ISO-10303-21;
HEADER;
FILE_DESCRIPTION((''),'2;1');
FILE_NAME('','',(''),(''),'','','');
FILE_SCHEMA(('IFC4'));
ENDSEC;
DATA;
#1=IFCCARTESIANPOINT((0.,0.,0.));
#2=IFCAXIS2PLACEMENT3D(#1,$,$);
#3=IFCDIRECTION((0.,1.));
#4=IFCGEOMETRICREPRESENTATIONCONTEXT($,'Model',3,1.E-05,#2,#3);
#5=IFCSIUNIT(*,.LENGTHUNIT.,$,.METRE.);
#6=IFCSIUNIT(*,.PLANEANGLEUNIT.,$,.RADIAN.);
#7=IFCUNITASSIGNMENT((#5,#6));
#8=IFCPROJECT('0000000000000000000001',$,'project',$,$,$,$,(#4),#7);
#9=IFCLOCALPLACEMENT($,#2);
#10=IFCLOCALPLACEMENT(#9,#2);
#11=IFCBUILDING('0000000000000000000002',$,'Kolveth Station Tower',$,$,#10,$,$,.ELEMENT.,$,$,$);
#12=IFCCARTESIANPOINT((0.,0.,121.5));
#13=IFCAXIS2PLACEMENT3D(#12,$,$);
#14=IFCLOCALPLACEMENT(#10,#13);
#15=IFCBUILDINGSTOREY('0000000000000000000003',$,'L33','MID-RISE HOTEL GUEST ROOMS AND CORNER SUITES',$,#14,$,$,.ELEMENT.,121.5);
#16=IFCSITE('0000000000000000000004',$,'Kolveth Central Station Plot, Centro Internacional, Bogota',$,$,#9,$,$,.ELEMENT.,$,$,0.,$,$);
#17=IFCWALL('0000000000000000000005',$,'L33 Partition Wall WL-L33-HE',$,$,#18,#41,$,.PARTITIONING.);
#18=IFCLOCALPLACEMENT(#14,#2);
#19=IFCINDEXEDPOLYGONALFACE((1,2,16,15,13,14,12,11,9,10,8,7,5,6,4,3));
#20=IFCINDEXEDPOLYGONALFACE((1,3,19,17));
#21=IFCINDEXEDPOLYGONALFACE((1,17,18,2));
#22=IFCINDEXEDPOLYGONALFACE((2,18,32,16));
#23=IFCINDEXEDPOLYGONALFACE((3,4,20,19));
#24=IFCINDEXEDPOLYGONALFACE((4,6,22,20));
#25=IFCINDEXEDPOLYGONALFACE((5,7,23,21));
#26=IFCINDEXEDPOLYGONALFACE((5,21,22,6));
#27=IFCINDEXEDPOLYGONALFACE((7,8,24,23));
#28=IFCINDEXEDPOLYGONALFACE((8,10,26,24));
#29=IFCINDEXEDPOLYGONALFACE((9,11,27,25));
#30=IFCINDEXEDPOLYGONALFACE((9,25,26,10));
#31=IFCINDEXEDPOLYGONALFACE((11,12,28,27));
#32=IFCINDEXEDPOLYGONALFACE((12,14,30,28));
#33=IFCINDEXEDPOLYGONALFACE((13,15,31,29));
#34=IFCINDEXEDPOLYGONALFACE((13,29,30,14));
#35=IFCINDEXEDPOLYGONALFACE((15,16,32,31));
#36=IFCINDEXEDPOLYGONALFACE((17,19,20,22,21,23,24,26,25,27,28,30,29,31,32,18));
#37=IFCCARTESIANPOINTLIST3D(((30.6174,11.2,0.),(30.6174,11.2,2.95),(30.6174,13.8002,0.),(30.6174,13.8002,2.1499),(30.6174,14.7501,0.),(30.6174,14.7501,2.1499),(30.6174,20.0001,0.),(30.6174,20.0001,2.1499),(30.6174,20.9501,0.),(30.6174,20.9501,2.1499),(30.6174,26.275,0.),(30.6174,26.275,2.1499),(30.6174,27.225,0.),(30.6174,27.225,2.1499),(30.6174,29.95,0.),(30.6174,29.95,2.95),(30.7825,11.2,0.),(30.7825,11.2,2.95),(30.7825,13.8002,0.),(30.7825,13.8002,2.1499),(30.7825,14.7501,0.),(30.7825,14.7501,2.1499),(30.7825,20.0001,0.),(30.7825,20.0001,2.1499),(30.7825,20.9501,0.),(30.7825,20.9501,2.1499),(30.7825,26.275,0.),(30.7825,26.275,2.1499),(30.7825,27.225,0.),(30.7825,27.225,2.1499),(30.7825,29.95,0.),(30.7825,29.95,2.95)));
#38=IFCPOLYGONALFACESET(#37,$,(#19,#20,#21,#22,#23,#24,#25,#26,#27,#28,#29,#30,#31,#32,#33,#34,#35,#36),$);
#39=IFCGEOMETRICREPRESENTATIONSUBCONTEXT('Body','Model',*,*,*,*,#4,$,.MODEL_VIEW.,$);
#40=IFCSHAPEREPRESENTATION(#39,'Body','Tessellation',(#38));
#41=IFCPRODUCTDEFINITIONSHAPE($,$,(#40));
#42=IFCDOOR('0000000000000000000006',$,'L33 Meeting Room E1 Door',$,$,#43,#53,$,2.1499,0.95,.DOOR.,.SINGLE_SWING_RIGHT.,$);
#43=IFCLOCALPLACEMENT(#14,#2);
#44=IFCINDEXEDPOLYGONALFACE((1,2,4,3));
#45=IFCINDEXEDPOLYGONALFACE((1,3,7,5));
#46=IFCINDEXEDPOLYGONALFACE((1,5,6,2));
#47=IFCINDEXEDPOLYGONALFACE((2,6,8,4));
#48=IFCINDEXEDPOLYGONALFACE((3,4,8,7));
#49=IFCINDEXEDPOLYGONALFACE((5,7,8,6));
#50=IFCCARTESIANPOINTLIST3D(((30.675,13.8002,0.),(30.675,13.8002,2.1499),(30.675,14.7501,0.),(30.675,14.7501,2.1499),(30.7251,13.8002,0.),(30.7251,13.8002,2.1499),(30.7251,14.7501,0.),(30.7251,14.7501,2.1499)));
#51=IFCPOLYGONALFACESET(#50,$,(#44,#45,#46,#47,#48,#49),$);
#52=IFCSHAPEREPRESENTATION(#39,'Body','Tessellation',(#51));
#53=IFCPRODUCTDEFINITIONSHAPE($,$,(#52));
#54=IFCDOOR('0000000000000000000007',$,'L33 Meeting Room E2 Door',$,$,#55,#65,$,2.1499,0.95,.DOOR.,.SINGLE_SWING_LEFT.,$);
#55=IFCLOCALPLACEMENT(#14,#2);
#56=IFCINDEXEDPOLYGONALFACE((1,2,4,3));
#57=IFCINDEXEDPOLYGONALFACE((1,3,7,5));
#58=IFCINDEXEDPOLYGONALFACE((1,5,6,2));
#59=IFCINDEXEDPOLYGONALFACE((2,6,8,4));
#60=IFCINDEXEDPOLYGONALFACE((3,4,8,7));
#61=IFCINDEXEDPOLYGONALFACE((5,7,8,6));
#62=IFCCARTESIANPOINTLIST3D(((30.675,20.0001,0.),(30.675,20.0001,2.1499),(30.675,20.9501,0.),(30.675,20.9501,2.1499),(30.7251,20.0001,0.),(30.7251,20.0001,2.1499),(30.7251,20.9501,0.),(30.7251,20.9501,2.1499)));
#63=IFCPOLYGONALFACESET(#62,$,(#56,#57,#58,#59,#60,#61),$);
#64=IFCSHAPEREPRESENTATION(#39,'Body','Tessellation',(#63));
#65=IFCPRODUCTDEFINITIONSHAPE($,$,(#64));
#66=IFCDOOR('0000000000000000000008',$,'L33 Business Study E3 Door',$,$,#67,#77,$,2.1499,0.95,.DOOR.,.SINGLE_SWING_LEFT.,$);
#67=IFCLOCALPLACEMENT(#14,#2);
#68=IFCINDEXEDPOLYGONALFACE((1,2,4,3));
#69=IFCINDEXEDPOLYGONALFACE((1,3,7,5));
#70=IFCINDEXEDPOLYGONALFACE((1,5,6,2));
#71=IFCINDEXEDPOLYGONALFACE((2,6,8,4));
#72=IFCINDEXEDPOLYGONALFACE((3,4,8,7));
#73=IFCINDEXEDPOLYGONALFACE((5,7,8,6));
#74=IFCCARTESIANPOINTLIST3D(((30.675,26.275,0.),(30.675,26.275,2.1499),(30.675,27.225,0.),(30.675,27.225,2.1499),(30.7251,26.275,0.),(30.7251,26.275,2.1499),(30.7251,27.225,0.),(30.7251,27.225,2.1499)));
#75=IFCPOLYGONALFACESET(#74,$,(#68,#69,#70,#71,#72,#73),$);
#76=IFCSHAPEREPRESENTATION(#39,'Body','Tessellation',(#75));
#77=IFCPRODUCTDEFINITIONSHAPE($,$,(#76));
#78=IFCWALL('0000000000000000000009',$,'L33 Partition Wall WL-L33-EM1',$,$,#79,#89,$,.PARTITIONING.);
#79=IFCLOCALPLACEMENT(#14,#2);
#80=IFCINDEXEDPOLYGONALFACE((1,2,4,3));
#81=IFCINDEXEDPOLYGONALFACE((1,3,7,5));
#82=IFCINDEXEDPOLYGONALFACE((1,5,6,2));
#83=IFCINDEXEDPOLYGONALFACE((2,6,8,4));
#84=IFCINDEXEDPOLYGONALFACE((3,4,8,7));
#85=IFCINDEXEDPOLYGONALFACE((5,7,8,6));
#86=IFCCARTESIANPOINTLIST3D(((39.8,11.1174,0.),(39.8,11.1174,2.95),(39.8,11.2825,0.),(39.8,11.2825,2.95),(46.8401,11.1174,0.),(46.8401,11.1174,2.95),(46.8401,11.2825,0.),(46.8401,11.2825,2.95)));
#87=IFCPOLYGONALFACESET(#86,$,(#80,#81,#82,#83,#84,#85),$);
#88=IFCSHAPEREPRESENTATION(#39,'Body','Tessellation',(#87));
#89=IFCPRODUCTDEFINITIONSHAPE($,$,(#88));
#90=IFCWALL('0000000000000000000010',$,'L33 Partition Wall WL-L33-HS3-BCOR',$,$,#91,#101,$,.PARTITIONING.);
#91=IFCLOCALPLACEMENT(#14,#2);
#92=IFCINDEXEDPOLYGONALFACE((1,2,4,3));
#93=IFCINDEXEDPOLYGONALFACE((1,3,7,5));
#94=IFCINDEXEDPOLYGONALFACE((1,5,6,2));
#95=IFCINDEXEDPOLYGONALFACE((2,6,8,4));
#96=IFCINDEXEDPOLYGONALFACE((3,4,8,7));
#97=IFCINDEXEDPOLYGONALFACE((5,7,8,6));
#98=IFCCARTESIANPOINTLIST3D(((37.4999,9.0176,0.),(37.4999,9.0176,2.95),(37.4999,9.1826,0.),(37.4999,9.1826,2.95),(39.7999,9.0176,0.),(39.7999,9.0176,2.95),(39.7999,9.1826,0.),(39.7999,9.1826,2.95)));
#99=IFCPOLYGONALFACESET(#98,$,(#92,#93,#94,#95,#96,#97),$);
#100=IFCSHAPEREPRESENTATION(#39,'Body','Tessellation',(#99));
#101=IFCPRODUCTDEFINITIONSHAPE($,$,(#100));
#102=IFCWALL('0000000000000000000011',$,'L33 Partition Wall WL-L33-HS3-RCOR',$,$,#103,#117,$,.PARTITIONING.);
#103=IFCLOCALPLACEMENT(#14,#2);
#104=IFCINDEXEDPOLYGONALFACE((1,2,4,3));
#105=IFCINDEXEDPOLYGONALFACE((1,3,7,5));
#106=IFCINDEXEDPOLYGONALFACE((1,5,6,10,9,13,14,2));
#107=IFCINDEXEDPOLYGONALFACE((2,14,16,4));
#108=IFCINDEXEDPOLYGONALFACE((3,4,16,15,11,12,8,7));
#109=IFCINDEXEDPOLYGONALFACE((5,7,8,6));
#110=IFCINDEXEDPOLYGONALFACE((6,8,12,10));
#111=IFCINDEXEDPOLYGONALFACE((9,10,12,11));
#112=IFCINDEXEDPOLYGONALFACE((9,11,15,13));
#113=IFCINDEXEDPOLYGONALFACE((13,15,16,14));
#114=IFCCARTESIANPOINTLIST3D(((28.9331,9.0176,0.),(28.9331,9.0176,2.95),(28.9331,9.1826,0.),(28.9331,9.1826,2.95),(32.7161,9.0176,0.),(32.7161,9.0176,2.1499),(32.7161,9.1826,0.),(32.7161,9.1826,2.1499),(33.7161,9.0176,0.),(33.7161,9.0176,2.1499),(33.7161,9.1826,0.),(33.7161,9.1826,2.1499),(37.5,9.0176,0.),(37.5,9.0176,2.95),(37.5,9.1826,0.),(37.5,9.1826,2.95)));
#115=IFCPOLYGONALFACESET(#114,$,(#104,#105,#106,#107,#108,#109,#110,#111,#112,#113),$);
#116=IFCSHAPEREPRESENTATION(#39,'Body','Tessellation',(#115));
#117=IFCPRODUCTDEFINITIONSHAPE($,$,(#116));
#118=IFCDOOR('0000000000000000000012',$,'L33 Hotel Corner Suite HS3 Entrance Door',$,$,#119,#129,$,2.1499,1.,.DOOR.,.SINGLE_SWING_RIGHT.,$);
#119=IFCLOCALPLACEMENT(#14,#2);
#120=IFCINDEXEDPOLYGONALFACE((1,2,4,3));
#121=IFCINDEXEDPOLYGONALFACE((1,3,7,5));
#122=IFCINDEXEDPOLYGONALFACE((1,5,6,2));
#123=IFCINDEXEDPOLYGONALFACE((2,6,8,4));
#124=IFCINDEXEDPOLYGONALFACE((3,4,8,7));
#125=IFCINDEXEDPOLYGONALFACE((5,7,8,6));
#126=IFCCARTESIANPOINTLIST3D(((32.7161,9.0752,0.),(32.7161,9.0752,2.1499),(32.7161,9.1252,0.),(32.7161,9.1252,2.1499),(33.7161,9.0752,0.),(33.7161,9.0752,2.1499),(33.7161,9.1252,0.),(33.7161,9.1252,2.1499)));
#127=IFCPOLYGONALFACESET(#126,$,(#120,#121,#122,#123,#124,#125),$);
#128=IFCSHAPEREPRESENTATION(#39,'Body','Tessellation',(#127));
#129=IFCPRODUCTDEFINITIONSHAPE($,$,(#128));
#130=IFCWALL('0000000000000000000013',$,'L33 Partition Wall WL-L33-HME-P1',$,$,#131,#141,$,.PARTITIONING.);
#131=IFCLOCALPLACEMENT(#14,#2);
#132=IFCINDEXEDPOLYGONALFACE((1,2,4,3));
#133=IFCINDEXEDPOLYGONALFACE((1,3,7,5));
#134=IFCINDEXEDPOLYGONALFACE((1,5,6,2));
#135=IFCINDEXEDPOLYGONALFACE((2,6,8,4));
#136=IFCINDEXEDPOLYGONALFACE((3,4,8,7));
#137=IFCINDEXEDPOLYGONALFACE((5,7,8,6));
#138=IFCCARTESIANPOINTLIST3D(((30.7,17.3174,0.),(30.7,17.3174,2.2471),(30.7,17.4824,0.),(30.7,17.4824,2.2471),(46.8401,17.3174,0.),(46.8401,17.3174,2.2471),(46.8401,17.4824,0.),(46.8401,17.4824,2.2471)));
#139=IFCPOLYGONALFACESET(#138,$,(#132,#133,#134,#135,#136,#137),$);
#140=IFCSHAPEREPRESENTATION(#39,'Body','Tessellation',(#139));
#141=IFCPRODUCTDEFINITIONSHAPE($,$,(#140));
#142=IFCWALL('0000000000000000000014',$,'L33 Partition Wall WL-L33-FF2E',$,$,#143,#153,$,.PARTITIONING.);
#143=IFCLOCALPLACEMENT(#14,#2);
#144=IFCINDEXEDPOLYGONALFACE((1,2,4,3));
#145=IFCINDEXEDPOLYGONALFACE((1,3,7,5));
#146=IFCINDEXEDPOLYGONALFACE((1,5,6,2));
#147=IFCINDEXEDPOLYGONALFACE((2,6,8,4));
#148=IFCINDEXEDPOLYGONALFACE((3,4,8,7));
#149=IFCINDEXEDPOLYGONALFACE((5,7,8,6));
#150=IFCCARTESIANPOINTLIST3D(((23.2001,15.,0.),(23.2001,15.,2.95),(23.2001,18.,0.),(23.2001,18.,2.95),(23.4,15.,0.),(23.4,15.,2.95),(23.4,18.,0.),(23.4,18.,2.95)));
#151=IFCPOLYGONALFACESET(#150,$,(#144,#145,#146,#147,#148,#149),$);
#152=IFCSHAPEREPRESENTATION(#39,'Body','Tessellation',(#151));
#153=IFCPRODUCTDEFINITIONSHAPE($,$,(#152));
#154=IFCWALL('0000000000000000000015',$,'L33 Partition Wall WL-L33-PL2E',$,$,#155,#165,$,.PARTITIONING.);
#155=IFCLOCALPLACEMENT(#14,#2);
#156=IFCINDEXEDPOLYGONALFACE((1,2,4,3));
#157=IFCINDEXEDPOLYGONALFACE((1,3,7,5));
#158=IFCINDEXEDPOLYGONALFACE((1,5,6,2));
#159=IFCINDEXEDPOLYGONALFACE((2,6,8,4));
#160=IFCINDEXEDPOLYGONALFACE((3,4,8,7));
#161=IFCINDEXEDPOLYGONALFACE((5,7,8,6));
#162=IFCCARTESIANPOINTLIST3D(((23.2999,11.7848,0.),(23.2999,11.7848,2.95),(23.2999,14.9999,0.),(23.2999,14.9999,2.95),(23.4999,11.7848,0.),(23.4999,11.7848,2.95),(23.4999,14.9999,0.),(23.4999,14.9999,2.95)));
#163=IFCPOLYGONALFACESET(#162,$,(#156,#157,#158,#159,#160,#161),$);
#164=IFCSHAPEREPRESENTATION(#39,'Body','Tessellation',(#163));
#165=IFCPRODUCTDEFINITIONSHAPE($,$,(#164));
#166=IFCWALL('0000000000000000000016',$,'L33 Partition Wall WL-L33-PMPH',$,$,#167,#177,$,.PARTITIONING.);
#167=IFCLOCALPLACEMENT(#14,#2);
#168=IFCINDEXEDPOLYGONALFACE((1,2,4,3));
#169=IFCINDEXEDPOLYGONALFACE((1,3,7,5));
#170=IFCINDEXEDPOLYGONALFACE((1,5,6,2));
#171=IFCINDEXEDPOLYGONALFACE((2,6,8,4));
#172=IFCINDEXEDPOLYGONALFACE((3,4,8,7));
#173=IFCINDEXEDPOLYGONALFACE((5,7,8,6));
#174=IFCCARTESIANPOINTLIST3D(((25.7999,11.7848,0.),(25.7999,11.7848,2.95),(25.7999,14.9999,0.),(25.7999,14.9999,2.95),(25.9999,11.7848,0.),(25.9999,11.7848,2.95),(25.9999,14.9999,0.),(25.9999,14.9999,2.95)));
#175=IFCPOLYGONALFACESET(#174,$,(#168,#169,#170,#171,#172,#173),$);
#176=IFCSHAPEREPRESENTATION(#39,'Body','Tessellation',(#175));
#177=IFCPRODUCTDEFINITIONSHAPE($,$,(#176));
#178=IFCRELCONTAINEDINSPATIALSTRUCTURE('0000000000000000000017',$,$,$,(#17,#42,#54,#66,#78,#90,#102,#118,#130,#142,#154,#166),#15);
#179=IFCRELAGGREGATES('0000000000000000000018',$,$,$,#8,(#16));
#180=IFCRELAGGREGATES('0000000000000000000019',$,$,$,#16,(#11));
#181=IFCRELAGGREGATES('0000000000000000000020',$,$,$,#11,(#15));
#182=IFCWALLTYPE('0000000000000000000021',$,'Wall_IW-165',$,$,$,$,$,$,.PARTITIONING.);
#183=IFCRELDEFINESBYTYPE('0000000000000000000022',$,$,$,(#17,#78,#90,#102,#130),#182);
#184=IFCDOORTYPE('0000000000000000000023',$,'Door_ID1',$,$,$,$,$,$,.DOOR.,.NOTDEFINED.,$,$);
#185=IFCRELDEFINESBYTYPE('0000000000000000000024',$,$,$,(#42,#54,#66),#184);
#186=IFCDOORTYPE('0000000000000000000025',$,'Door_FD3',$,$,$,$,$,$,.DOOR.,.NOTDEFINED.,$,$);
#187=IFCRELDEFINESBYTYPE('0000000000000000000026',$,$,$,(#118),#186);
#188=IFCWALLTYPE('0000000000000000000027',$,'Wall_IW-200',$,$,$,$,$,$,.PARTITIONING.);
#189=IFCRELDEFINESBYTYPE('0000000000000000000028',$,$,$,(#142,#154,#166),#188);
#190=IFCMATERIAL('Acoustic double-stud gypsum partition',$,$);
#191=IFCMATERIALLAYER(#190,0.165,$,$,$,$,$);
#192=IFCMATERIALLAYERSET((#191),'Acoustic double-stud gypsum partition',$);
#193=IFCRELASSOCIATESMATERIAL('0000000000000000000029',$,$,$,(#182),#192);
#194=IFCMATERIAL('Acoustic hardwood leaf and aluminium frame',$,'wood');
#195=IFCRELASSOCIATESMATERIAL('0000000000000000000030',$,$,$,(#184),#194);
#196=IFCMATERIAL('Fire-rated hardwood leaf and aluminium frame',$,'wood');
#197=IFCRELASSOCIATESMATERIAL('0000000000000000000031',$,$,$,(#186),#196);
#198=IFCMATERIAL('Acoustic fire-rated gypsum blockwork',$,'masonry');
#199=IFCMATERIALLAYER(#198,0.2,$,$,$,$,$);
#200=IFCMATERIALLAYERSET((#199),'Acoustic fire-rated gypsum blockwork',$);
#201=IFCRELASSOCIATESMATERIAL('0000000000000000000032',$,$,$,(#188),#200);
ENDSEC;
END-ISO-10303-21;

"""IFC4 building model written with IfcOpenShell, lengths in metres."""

from ifc_helpers import new_model, si_unit, direction, frame, frame_2d, origin, place, context, subcontext, project, spatial, rectangle, extrude, material, layer, layer_set, type_object, element, fill, save


model = new_model("IFC4")

# Units and contexts
model_context = context("Model", 3, precision=1e-05, world=origin(), true_north=direction((0.0, 1.0)))
body_context = subcontext(model_context, "Body", "Model", "MODEL_VIEW")
ifc_project = project(units=[si_unit("LENGTHUNIT", "METRE"), si_unit("PLANEANGLEUNIT", "RADIAN")], contexts=[model_context])

# Site, building, storey
site_placement = place(None, origin())
site = spatial("IfcSite", under=ifc_project, at=site_placement, Name="Kolveth Central Station Plot, Centro Internacional, Bogota", CompositionType="ELEMENT", RefElevation=0.0)
building_placement = place(site_placement, origin())
building = spatial("IfcBuilding", under=site, at=building_placement, Name="Kolveth Station Tower", CompositionType="ELEMENT")
storey_placement = place(building_placement, frame((0.0, 0.0, 121.5)))
storey = spatial("IfcBuildingStorey", under=building, at=storey_placement, Name="L33", Description="MID-RISE HOTEL GUEST ROOMS AND CORNER SUITES", CompositionType="ELEMENT", Elevation=121.5)

# Shared definitions
ifc_material_1 = material(Name="Acoustic double-stud gypsum partition")
ifc_layer_1 = layer(ifc_material_1, 0.165)
ifc_layer_set_1 = layer_set([ifc_layer_1], Name="Acoustic double-stud gypsum partition")
wall_type_1 = type_object("IfcWallType", Name="Wall_IW-165", PredefinedType="PARTITIONING", material=ifc_layer_set_1)

# Wall, openings, doors
wall_1_placement = place(storey_placement, frame((30.7, 11.2, 0.0), z_axis=(0.0, 0.0, 1.0), x_axis=(0.0, 1.0, 0.0)))
wall_1 = element("IfcWall", 1, at=wall_1_placement, inside=storey, type_object=wall_type_1, Name="L33 Partition Wall WL-L33-HE", PredefinedType="PARTITIONING", context=body_context, shape_type="SweptSolid", body=[
    extrude(rectangle(XDim=18.75, YDim=0.165, at=frame_2d((9.375, 0.0))), origin(), (0.0, 0.0, 1.0), 2.95),
])
opening_1_placement = place(wall_1_placement, frame((2.6001, 0.0, 0.0)))
opening_1 = element("IfcOpeningElement", 2, at=opening_1_placement, cuts=wall_1, PredefinedType="OPENING", context=body_context, shape_type="SweptSolid", body=[
    extrude(rectangle(XDim=0.95, YDim=2.1499, at=frame_2d((0.4751, 1.075))), frame((0.0, 0.0925, 0.0), z_axis=(0.0, -1.0, 0.0), x_axis=(1.0, 0.0, 0.0)), (0.0, 0.0, 1.0), 0.1851),
])
opening_2_placement = place(wall_1_placement, frame((8.8, 0.0, 0.0)))
opening_2 = element("IfcOpeningElement", 3, at=opening_2_placement, cuts=wall_1, PredefinedType="OPENING", context=body_context, shape_type="SweptSolid", body=[
    extrude(rectangle(XDim=0.95, YDim=2.1499, at=frame_2d((0.4751, 1.075))), frame((0.0, 0.0925, 0.0), z_axis=(0.0, -1.0, 0.0), x_axis=(1.0, 0.0, 0.0)), (0.0, 0.0, 1.0), 0.1851),
])
opening_3_placement = place(wall_1_placement, frame((15.075, 0.0, 0.0)))
opening_3 = element("IfcOpeningElement", 4, at=opening_3_placement, cuts=wall_1, PredefinedType="OPENING", context=body_context, shape_type="SweptSolid", body=[
    extrude(rectangle(XDim=0.95, YDim=2.1499, at=frame_2d((0.4751, 1.075))), frame((0.0, 0.0925, 0.0), z_axis=(0.0, -1.0, 0.0), x_axis=(1.0, 0.0, 0.0)), (0.0, 0.0, 1.0), 0.1851),
])
ifc_material_2 = material(Name="Acoustic hardwood leaf and aluminium frame", Category="wood")
door_type_1 = type_object("IfcDoorType", Name="Door_ID1", OperationType="NOTDEFINED", PredefinedType="DOOR", material=ifc_material_2)
door_1_placement = place(opening_1_placement, origin())
door_1 = element("IfcDoor", 5, at=door_1_placement, inside=storey, type_object=door_type_1, Name="L33 Meeting Room E1 Door", OperationType="SINGLE_SWING_RIGHT", OverallHeight=2.1499, OverallWidth=0.95, PredefinedType="DOOR", context=body_context, shape_type="SweptSolid", body=[
    extrude(rectangle(XDim=0.95, YDim=2.1499, at=frame_2d((0.4751, 1.075))), frame((0.0, 0.0249, 0.0), z_axis=(0.0, -1.0, 0.0), x_axis=(1.0, 0.0, 0.0)), (0.0, 0.0, 1.0), 0.05),
])
fill(opening_1, door_1)
door_2_placement = place(opening_2_placement, origin())
door_2 = element("IfcDoor", 6, at=door_2_placement, inside=storey, type_object=door_type_1, Name="L33 Meeting Room E2 Door", OperationType="SINGLE_SWING_LEFT", OverallHeight=2.1499, OverallWidth=0.95, PredefinedType="DOOR", context=body_context, shape_type="SweptSolid", body=[
    extrude(rectangle(XDim=0.95, YDim=2.1499, at=frame_2d((0.4751, 1.075))), frame((0.0, 0.0249, 0.0), z_axis=(0.0, -1.0, 0.0), x_axis=(1.0, 0.0, 0.0)), (0.0, 0.0, 1.0), 0.05),
])
fill(opening_2, door_2)
door_3_placement = place(opening_3_placement, origin())
door_3 = element("IfcDoor", 7, at=door_3_placement, inside=storey, type_object=door_type_1, Name="L33 Business Study E3 Door", OperationType="SINGLE_SWING_LEFT", OverallHeight=2.1499, OverallWidth=0.95, PredefinedType="DOOR", context=body_context, shape_type="SweptSolid", body=[
    extrude(rectangle(XDim=0.95, YDim=2.1499, at=frame_2d((0.4751, 1.075))), frame((0.0, 0.0249, 0.0), z_axis=(0.0, -1.0, 0.0), x_axis=(1.0, 0.0, 0.0)), (0.0, 0.0, 1.0), 0.05),
])
fill(opening_3, door_3)

# Walls
wall_2_placement = place(storey_placement, frame((39.8, 11.2, 0.0), z_axis=(0.0, 0.0, 1.0), x_axis=(1.0, 0.0, 0.0)))
element("IfcWall", 8, at=wall_2_placement, inside=storey, type_object=wall_type_1, Name="L33 Partition Wall WL-L33-EM1", PredefinedType="PARTITIONING", context=body_context, shape_type="SweptSolid", body=[
    extrude(rectangle(XDim=7.04, YDim=0.165, at=frame_2d((3.52, 0.0))), origin(), (0.0, 0.0, 1.0), 2.95),
])
wall_3_placement = place(storey_placement, frame((37.5, 9.1001, 0.0), z_axis=(0.0, 0.0, 1.0), x_axis=(1.0, 0.0, 0.0)))
element("IfcWall", 9, at=wall_3_placement, inside=storey, type_object=wall_type_1, Name="L33 Partition Wall WL-L33-HS3-BCOR", PredefinedType="PARTITIONING", context=body_context, shape_type="SweptSolid", body=[
    extrude(rectangle(XDim=2.3, YDim=0.165, at=frame_2d((1.1499, 0.0))), origin(), (0.0, 0.0, 1.0), 2.95),
])

# Wall, opening, door
wall_4_placement = place(storey_placement, frame((28.9331, 9.1001, 0.0), z_axis=(0.0, 0.0, 1.0), x_axis=(1.0, 0.0, 0.0)))
wall_4 = element("IfcWall", 10, at=wall_4_placement, inside=storey, type_object=wall_type_1, Name="L33 Partition Wall WL-L33-HS3-RCOR", PredefinedType="PARTITIONING", context=body_context, shape_type="SweptSolid", body=[
    extrude(rectangle(XDim=8.5669, YDim=0.165, at=frame_2d((4.2834, 0.0))), origin(), (0.0, 0.0, 1.0), 2.95),
])
opening_4_placement = place(wall_4_placement, frame((3.783, 0.0, 0.0)))
opening_4 = element("IfcOpeningElement", 11, at=opening_4_placement, cuts=wall_4, PredefinedType="OPENING", context=body_context, shape_type="SweptSolid", body=[
    extrude(rectangle(XDim=1.0, YDim=2.1499, at=frame_2d((0.5, 1.075))), frame((0.0, 0.0925, 0.0), z_axis=(0.0, -1.0, 0.0), x_axis=(1.0, 0.0, 0.0)), (0.0, 0.0, 1.0), 0.1851),
])
ifc_material_3 = material(Name="Fire-rated hardwood leaf and aluminium frame", Category="wood")
door_type_2 = type_object("IfcDoorType", Name="Door_FD3", OperationType="NOTDEFINED", PredefinedType="DOOR", material=ifc_material_3)
door_4_placement = place(opening_4_placement, frame((1.0, 0.0, 0.0), z_axis=(0.0, 0.0, 1.0), x_axis=(-1.0, 0.0, 0.0)))
door_4 = element("IfcDoor", 12, at=door_4_placement, inside=storey, type_object=door_type_2, Name="L33 Hotel Corner Suite HS3 Entrance Door", OperationType="SINGLE_SWING_RIGHT", OverallHeight=2.1499, OverallWidth=1.0, PredefinedType="DOOR", context=body_context, shape_type="SweptSolid", body=[
    extrude(rectangle(XDim=1.0, YDim=2.1499, at=frame_2d((0.5, 1.075))), frame((0.0, 0.0249, 0.0), z_axis=(0.0, -1.0, 0.0), x_axis=(1.0, 0.0, 0.0)), (0.0, 0.0, 1.0), 0.05),
])
fill(opening_4, door_4)

# Walls
wall_5_placement = place(storey_placement, frame((30.7, 17.3999, 0.0), z_axis=(0.0, 0.0, 1.0), x_axis=(1.0, 0.0, 0.0)))
element("IfcWall", 13, at=wall_5_placement, inside=storey, type_object=wall_type_1, Name="L33 Partition Wall WL-L33-HME-P1", PredefinedType="PARTITIONING", context=body_context, shape_type="SweptSolid", body=[
    extrude(rectangle(XDim=16.1401, YDim=0.165, at=frame_2d((8.0701, 0.0))), origin(), (0.0, 0.0, 1.0), 2.2471),
])
ifc_material_4 = material(Name="Acoustic fire-rated gypsum blockwork", Category="masonry")
ifc_layer_2 = layer(ifc_material_4, 0.2)
ifc_layer_set_2 = layer_set([ifc_layer_2], Name="Acoustic fire-rated gypsum blockwork")
wall_type_2 = type_object("IfcWallType", Name="Wall_IW-200", PredefinedType="PARTITIONING", material=ifc_layer_set_2)
wall_6_placement = place(storey_placement, frame((23.3, 15.0, 0.0), z_axis=(0.0, 0.0, 1.0), x_axis=(0.0, 1.0, 0.0)))
element("IfcWall", 14, at=wall_6_placement, inside=storey, type_object=wall_type_2, Name="L33 Partition Wall WL-L33-FF2E", PredefinedType="PARTITIONING", context=body_context, shape_type="SweptSolid", body=[
    extrude(rectangle(XDim=3.0, YDim=0.2, at=frame_2d((1.5, 0.0))), origin(), (0.0, 0.0, 1.0), 2.95),
])
for number, where, z_axis, x_axis, name in (
    (15, (23.3999, 11.7849, 0.0), (0.0, 0.0, 1.0), (0.0, 1.0, 0.0), "L33 Partition Wall WL-L33-PL2E"),
    (16, (25.8999, 11.7849, 0.0), (0.0, 0.0, 1.0), (0.0, 1.0, 0.0), "L33 Partition Wall WL-L33-PMPH"),
):
    element("IfcWall", number, at=place(storey_placement, frame(where, z_axis=z_axis, x_axis=x_axis)), inside=storey, type_object=wall_type_2, Name=name, PredefinedType="PARTITIONING", context=body_context, shape_type="SweptSolid", body=[
        extrude(rectangle(XDim=3.2151, YDim=0.2, at=frame_2d((1.6074, 0.0))), origin(), (0.0, 0.0, 1.0), 2.95),
    ])

save(model, "model.ifc")
